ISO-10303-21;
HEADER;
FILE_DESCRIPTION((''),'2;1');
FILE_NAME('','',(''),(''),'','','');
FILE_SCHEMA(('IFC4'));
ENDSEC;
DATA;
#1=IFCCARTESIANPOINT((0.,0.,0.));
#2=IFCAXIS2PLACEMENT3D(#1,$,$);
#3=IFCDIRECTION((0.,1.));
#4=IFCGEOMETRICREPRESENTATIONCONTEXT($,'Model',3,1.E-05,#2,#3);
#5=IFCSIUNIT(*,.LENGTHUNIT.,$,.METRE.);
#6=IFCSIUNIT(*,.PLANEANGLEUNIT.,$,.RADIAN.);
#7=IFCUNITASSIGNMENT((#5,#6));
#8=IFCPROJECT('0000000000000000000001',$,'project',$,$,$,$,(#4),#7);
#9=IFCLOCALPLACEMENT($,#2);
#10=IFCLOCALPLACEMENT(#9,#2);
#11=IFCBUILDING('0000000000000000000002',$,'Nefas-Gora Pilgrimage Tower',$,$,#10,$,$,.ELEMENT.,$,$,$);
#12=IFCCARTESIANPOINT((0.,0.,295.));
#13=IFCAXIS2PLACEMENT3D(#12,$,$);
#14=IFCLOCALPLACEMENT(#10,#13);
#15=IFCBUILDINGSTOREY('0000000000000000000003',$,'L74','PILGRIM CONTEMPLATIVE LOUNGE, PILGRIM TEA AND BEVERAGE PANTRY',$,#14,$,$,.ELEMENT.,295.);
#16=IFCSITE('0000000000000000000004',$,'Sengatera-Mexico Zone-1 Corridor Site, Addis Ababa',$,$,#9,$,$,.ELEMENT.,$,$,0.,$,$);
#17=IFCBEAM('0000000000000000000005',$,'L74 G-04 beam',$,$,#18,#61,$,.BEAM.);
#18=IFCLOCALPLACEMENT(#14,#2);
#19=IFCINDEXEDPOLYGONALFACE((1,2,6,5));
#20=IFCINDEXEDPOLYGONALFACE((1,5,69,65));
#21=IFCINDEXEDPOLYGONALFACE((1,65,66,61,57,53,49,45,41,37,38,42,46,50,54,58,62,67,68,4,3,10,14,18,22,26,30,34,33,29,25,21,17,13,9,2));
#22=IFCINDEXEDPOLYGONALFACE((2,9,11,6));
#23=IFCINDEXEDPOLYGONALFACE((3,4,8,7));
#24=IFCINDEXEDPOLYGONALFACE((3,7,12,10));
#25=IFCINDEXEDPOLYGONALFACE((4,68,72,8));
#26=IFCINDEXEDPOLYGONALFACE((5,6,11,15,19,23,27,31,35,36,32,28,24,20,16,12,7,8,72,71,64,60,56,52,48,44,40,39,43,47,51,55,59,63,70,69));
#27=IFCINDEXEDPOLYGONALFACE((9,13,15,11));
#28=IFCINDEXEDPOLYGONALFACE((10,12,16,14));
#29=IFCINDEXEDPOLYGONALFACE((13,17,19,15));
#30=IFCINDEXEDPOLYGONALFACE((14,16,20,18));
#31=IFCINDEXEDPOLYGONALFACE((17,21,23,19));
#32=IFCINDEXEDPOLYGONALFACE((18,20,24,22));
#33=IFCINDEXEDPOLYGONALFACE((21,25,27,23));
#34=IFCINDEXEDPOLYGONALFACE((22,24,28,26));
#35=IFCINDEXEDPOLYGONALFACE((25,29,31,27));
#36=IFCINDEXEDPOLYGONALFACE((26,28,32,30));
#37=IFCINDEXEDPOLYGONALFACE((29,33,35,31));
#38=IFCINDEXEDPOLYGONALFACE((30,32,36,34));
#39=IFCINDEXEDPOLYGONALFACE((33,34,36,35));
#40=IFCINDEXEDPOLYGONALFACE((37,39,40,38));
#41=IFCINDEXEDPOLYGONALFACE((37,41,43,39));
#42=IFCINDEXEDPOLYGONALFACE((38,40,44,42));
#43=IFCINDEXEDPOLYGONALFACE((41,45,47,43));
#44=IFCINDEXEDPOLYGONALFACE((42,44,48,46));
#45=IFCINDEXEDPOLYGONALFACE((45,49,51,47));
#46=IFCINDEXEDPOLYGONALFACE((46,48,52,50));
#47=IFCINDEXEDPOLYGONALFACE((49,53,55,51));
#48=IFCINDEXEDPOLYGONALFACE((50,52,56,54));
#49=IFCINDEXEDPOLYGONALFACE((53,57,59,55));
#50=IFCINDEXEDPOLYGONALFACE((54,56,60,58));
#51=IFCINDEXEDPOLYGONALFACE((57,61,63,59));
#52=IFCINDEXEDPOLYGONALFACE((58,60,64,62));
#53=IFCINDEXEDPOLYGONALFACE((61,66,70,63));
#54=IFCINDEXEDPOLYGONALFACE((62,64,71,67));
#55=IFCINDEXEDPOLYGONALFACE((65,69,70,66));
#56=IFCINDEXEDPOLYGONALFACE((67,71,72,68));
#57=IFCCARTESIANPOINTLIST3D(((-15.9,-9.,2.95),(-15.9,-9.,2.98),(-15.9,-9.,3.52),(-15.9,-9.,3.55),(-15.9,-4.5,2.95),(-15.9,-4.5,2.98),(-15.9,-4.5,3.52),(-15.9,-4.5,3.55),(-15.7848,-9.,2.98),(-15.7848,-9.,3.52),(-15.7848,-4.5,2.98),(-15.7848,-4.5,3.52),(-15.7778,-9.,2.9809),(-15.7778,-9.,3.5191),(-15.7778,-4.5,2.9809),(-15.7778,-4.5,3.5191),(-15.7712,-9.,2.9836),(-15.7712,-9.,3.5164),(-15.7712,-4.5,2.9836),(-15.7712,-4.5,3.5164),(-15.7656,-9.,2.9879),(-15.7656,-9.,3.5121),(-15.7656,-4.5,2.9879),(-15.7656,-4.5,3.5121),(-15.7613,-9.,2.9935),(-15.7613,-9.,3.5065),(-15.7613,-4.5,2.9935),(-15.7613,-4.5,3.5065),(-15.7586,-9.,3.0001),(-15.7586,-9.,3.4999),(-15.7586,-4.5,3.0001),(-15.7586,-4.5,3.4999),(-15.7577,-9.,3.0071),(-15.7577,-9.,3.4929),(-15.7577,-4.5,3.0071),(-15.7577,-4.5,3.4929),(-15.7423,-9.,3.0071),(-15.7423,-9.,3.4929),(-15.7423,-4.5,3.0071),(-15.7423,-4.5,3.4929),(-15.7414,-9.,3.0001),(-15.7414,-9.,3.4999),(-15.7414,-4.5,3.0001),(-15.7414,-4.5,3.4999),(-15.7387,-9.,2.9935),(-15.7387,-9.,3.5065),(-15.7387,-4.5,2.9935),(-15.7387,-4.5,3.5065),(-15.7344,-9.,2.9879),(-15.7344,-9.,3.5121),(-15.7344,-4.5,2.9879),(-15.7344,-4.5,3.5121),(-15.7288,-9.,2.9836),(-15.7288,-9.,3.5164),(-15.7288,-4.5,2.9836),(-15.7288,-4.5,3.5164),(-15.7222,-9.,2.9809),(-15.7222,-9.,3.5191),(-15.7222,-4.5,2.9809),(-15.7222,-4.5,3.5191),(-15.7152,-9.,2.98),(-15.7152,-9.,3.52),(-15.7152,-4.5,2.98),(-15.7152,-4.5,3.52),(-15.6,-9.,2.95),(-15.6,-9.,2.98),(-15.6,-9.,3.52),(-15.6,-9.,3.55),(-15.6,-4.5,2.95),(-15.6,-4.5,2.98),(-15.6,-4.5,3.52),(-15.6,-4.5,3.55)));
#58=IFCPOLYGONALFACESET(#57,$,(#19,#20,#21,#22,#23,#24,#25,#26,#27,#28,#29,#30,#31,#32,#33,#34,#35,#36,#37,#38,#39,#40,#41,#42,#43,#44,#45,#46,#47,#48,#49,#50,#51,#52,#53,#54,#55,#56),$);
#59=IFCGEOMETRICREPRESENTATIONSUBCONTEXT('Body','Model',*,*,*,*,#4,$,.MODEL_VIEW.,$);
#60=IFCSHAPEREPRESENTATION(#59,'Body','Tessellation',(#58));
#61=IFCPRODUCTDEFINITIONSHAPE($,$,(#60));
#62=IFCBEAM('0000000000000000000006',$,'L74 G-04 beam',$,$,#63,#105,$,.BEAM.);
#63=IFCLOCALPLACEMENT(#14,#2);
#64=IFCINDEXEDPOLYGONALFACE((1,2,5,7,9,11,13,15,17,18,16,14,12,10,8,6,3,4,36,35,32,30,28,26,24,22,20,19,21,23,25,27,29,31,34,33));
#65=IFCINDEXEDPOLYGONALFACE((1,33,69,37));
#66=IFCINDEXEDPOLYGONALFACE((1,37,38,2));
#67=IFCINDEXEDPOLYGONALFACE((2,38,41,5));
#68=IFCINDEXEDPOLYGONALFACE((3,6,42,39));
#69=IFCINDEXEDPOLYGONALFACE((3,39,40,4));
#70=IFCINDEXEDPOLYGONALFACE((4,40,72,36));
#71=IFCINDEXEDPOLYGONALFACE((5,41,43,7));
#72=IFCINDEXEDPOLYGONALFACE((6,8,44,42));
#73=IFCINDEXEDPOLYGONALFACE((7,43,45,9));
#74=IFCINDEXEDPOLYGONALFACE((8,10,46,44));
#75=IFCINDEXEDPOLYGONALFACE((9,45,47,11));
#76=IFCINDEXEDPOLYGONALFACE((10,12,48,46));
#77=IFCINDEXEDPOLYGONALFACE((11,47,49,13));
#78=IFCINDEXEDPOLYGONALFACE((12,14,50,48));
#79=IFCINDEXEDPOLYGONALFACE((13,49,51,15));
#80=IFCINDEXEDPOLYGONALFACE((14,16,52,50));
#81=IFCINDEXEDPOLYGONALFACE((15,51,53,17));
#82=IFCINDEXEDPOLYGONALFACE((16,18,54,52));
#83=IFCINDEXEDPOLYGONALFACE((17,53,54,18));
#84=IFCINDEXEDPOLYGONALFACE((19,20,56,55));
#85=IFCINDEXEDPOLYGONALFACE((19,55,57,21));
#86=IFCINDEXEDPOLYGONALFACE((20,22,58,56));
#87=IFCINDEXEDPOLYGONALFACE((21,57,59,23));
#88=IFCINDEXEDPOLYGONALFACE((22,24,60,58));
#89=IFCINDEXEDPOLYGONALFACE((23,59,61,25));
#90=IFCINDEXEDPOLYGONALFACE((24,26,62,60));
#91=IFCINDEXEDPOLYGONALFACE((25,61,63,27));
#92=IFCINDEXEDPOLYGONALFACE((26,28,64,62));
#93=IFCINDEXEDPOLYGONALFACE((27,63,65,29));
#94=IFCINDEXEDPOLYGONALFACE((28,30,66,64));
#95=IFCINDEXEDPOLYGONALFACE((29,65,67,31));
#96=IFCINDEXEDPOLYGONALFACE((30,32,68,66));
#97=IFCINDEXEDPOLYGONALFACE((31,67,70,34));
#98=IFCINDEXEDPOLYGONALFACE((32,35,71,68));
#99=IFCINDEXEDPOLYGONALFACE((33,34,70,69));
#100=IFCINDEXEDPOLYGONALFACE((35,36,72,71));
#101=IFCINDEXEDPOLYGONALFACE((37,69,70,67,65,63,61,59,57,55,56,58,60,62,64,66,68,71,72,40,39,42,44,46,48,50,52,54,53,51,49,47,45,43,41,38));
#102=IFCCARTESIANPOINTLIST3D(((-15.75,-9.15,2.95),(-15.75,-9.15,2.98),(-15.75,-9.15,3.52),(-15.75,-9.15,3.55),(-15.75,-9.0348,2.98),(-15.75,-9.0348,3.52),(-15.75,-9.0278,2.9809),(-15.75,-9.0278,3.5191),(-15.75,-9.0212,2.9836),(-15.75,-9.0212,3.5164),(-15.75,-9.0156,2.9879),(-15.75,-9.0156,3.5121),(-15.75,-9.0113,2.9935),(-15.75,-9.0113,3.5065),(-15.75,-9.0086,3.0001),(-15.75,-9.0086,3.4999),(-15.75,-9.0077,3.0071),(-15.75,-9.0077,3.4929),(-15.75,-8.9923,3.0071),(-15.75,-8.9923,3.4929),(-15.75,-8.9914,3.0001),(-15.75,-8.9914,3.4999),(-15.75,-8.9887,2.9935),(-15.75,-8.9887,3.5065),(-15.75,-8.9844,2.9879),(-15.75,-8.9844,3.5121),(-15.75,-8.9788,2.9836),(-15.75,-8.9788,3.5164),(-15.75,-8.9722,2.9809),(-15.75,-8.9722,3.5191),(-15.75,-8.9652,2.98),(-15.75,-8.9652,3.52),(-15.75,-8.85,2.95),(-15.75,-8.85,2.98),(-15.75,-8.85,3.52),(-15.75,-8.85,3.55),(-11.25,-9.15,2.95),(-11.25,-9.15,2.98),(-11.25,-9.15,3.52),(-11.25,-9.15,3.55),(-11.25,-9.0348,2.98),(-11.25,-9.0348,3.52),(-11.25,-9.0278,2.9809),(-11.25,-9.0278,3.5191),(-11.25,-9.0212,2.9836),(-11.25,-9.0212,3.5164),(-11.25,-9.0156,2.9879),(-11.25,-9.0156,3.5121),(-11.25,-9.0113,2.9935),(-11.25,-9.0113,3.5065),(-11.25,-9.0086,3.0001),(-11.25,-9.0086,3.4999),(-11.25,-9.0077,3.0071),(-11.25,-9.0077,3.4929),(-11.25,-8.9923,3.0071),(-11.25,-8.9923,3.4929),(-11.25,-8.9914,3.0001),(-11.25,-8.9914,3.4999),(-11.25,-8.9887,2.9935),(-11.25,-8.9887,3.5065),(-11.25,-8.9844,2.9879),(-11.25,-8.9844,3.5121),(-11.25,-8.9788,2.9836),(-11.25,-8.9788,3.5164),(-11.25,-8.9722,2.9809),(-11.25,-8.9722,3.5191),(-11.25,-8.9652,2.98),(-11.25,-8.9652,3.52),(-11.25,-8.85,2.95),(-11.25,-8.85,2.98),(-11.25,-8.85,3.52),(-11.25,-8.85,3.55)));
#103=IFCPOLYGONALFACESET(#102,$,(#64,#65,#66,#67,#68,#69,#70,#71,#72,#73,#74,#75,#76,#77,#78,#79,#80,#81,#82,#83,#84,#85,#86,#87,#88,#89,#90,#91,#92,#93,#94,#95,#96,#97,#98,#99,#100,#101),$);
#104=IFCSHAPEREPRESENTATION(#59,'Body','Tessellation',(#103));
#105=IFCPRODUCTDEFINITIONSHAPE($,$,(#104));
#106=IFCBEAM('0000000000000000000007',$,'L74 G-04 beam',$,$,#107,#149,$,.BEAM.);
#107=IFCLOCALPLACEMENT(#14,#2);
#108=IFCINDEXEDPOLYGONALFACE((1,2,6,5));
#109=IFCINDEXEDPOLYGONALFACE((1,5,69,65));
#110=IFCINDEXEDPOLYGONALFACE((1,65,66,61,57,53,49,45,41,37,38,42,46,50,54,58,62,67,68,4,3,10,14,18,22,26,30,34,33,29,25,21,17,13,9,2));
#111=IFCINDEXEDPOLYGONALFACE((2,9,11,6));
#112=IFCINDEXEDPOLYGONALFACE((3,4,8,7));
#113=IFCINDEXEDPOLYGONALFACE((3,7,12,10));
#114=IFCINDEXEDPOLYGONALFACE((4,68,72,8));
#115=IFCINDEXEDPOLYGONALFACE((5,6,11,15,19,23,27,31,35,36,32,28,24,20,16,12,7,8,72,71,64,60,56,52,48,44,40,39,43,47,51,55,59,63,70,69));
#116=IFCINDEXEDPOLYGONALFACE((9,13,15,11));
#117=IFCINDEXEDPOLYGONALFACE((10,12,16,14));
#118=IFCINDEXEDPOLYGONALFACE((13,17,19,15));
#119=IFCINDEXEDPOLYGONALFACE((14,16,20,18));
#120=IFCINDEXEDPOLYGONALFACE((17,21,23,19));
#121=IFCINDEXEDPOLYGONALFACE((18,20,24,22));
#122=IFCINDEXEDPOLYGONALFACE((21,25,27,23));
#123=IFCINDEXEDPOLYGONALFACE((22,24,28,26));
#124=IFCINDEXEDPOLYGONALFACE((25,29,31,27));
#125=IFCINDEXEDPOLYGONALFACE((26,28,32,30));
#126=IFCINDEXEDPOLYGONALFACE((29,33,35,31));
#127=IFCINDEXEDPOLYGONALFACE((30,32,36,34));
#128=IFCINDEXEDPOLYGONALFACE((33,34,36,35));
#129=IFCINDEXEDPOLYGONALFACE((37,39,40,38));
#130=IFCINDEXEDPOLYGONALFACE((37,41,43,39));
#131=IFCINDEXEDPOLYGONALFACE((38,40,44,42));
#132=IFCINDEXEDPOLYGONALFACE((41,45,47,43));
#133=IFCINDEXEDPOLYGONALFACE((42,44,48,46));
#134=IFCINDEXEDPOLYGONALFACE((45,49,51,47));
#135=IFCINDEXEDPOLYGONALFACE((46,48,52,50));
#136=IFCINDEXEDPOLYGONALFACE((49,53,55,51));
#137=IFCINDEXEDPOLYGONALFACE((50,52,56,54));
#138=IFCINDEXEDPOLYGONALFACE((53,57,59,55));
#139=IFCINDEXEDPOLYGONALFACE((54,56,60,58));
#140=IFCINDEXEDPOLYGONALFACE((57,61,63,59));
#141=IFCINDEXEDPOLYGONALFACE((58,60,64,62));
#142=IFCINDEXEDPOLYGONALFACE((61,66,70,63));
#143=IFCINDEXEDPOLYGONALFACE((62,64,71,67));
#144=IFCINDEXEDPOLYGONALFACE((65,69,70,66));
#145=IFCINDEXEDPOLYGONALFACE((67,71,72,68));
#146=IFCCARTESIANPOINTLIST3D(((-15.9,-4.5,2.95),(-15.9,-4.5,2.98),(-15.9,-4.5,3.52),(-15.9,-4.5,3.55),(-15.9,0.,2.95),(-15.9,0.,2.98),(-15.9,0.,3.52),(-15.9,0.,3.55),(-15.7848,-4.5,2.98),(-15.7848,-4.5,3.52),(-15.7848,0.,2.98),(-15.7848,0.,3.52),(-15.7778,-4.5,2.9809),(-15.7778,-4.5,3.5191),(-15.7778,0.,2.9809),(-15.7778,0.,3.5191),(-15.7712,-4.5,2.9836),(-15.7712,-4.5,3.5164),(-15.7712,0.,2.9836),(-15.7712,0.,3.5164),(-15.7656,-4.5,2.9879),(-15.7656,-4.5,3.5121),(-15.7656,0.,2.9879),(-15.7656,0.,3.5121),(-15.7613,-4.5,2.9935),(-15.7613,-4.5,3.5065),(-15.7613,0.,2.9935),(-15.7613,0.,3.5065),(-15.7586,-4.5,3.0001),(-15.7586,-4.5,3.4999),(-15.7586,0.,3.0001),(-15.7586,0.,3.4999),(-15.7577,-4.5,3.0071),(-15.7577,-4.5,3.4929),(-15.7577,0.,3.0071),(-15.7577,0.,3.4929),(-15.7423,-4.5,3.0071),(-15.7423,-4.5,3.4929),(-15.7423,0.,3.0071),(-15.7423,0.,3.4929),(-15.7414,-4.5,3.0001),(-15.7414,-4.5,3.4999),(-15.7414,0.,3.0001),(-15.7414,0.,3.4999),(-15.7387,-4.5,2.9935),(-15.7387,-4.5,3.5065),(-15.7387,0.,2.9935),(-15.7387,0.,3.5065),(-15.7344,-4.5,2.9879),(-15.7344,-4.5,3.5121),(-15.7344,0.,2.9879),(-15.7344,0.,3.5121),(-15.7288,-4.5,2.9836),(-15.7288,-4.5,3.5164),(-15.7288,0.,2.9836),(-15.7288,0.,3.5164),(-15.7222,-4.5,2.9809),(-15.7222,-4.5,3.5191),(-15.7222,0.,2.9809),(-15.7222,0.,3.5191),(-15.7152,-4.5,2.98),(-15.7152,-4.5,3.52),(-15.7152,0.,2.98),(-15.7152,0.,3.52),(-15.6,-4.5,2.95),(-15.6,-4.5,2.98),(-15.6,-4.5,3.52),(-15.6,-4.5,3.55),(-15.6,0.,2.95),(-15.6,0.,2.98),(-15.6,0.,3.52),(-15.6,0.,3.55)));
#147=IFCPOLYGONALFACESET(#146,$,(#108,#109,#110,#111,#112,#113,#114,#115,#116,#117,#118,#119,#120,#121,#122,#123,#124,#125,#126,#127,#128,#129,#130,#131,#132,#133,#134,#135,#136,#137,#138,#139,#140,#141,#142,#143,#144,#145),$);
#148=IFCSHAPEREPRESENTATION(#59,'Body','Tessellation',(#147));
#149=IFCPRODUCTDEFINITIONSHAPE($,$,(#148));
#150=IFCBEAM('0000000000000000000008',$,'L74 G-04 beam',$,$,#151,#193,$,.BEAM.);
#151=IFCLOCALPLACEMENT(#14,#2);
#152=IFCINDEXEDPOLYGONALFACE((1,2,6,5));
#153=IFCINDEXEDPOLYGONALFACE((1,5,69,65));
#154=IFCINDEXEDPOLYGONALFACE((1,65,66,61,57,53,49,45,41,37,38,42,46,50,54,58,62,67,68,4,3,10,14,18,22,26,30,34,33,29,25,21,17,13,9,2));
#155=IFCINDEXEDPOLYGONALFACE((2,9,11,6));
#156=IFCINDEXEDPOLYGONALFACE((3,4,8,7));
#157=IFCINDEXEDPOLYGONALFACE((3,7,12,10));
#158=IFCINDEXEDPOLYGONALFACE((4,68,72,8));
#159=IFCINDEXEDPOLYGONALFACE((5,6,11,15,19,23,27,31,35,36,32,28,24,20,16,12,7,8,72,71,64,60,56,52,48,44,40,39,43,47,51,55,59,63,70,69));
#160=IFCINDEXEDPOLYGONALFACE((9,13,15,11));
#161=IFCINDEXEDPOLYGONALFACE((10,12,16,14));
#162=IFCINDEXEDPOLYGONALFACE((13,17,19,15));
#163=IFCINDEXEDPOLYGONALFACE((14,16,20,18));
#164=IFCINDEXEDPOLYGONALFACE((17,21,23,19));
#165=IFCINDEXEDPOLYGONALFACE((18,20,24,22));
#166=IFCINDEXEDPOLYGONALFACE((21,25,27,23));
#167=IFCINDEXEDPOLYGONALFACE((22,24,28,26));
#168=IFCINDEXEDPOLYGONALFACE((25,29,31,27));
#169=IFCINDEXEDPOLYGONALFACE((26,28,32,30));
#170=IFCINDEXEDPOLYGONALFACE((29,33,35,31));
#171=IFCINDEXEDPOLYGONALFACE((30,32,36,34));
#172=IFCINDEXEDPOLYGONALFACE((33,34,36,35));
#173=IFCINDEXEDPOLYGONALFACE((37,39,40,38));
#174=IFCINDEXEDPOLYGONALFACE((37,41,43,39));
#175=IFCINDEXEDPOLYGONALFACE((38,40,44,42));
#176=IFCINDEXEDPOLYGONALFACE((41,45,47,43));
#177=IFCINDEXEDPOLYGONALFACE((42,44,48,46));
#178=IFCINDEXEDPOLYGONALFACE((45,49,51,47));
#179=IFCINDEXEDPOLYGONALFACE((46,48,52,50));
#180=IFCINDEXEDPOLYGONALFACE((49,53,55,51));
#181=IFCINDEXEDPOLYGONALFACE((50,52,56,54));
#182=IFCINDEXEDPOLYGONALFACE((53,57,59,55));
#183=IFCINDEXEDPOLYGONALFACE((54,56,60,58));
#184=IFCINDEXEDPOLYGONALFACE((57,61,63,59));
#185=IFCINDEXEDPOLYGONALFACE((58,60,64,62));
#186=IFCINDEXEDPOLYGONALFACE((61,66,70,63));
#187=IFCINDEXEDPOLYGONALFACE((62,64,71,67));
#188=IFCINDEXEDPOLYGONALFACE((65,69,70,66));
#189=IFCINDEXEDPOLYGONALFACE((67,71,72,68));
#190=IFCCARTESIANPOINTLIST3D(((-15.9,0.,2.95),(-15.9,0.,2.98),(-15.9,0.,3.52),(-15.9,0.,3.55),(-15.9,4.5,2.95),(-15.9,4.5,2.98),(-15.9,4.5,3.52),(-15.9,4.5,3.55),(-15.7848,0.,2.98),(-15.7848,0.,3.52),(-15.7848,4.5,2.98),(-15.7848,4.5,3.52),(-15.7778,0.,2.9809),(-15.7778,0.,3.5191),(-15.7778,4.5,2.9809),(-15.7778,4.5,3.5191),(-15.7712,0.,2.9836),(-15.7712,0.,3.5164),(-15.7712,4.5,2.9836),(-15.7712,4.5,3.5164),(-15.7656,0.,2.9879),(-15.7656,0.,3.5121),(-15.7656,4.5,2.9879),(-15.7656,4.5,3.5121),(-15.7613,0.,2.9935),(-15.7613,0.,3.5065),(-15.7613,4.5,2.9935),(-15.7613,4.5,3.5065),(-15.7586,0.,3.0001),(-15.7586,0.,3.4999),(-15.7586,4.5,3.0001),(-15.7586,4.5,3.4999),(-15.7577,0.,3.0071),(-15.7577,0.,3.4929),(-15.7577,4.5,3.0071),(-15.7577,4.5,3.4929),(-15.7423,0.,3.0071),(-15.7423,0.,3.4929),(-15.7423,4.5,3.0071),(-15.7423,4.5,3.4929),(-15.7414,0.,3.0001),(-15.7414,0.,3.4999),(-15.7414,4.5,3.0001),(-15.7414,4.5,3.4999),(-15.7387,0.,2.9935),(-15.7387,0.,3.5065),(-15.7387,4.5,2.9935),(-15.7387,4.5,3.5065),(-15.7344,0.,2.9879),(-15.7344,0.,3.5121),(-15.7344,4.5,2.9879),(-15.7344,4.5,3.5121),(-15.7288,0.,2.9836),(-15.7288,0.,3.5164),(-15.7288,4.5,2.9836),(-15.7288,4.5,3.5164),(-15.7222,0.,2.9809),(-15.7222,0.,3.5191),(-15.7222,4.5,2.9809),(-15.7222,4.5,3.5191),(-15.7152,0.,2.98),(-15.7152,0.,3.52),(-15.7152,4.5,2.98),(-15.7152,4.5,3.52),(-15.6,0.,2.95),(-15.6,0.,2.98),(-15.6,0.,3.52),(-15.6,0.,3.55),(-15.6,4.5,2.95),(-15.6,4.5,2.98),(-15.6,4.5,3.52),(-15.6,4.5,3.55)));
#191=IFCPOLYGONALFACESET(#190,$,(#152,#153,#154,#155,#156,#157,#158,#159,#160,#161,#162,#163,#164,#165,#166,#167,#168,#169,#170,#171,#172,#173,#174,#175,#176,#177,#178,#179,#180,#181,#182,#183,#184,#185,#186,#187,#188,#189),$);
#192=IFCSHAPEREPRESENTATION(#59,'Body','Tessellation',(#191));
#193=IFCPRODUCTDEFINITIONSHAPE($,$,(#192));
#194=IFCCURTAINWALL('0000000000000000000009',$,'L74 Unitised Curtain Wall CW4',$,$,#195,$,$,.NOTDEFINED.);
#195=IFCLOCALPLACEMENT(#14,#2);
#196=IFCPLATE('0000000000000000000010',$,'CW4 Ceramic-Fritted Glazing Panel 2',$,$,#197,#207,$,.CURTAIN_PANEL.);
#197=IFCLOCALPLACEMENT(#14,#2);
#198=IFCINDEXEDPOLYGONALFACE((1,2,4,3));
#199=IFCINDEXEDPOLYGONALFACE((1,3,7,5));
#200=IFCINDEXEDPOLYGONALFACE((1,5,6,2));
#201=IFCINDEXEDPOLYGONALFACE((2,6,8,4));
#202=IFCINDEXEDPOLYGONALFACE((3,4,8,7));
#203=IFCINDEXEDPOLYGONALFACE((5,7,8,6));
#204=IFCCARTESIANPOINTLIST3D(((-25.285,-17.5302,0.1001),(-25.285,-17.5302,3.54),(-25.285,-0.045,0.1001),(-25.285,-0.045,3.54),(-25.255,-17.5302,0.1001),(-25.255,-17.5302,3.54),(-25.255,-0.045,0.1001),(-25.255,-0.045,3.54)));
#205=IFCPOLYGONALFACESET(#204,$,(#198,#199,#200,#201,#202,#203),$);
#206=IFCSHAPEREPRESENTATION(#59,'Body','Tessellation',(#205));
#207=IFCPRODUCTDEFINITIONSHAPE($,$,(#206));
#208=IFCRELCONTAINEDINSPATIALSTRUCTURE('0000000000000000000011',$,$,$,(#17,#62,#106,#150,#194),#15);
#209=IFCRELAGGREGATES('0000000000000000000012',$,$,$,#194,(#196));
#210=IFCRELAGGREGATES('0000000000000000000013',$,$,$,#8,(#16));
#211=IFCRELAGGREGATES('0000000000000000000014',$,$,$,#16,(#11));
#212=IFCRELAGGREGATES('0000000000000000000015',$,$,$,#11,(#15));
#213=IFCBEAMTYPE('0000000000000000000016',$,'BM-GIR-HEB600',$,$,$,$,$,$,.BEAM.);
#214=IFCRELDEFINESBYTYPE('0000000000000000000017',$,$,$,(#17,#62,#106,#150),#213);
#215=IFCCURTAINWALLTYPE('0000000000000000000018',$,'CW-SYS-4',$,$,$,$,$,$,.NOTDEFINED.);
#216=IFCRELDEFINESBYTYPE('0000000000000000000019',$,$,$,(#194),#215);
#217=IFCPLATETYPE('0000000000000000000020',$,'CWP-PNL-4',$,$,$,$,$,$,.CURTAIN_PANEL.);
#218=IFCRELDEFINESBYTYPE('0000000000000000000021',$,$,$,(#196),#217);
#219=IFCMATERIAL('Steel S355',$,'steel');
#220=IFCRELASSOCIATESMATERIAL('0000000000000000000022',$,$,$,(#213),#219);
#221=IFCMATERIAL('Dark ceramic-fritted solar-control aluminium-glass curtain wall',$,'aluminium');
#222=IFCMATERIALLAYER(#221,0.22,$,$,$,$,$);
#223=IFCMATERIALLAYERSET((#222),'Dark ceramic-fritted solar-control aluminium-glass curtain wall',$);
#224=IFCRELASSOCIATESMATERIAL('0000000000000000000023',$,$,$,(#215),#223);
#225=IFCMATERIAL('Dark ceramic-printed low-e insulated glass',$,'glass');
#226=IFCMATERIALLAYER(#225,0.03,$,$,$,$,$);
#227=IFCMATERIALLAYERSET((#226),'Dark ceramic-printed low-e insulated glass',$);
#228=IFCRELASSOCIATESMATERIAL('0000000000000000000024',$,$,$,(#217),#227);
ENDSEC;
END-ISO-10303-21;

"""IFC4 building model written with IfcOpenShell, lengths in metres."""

from ifc_helpers import new_model, si_unit, direction, frame, origin, origin_2d, place, context, subcontext, project, spatial, rectangle, i_section, extrude, source, transform, mapped, material, layer, layer_set, material_profile, profile_set, type_object, element, aggregate, save


model = new_model("IFC4")

# Units and contexts
model_context = context("Model", 3, precision=1e-05, world=origin(), true_north=direction((0.0, 1.0)))
body_context = subcontext(model_context, "Body", "Model", "MODEL_VIEW")
ifc_project = project(units=[si_unit("LENGTHUNIT", "METRE"), si_unit("PLANEANGLEUNIT", "RADIAN")], contexts=[model_context])

# Site, building, storey
site_placement = place(None, origin())
site = spatial("IfcSite", under=ifc_project, at=site_placement, Name="Sengatera-Mexico Zone-1 Corridor Site, Addis Ababa", CompositionType="ELEMENT", RefElevation=0.0)
building_placement = place(site_placement, origin())
building = spatial("IfcBuilding", under=site, at=building_placement, Name="Nefas-Gora Pilgrimage Tower", CompositionType="ELEMENT")
storey_placement = place(building_placement, frame((0.0, 0.0, 295.0)))
storey = spatial("IfcBuildingStorey", under=building, at=storey_placement, Name="L74", Description="PILGRIM CONTEMPLATIVE LOUNGE, PILGRIM TEA AND BEVERAGE PANTRY", CompositionType="ELEMENT", Elevation=295.0)

# Shared definitions
ifc_material_1 = material(Name="Steel S355", Category="steel")

# Beams
ifc_material_profile_1 = material_profile(ifc_material_1, i_section(OverallWidth=0.3, OverallDepth=0.6001, WebThickness=0.0154, FlangeThickness=0.03, FilletRadius=0.0271, at=origin_2d()), Name="HEB 600")
ifc_profile_set_1 = profile_set([ifc_material_profile_1], Name="Steel S355")
beam_type_1 = type_object("IfcBeamType", Name="BM-GIR-HEB600", PredefinedType="BEAM", material=ifc_profile_set_1)
shared_shape_1 = source(origin(), body_context, "Body", "SweptSolid", [
    extrude(i_section(OverallWidth=0.3, OverallDepth=0.6001, WebThickness=0.0154, FlangeThickness=0.03, FilletRadius=0.0271, at=origin_2d()), origin(), (0.0, 0.0, 1.0), 4.5),
])
for number, where, z_axis, x_axis, name in (
    (1, (-15.75, -9.0, 3.25), (0.0, 1.0, 0.0), (-1.0, 0.0, 0.0), "L74 G-04 beam"),
    (2, (-15.75, -9.0, 3.25), (1.0, 0.0, 0.0), (0.0, 1.0, 0.0), "L74 G-04 beam"),
    (3, (-15.75, -4.5, 3.25), (0.0, 1.0, 0.0), (-1.0, 0.0, 0.0), "L74 G-04 beam"),
    (4, (-15.75, 0.0, 3.25), (0.0, 1.0, 0.0), (-1.0, 0.0, 0.0), "L74 G-04 beam"),
):
    element("IfcBeam", number, at=place(storey_placement, frame(where, z_axis=z_axis, x_axis=x_axis)), inside=storey, type_object=beam_type_1, Name=name, PredefinedType="BEAM", context=body_context, shape_type="MappedRepresentation", body=[
        mapped(shared_shape_1, transform((0.0, 0.0, 0.0), x_axis=(1.0, 0.0, 0.0), y_axis=(0.0, 1.0, 0.0), z_axis=(0.0, 0.0, 1.0), scale=1.0)),
    ])

# Curtain wall, plate
ifc_material_2 = material(Name="Dark ceramic-fritted solar-control aluminium-glass curtain wall", Category="aluminium")
ifc_layer_1 = layer(ifc_material_2, 0.22)
ifc_layer_set_1 = layer_set([ifc_layer_1], Name="Dark ceramic-fritted solar-control aluminium-glass curtain wall")
curtain_wall_type = type_object("IfcCurtainWallType", Name="CW-SYS-4", PredefinedType="NOTDEFINED", material=ifc_layer_set_1)
curtain_wall_placement = place(storey_placement, origin())
curtain_wall = element("IfcCurtainWall", 5, at=curtain_wall_placement, inside=storey, type_object=curtain_wall_type, Name="L74 Unitised Curtain Wall CW4", PredefinedType="NOTDEFINED")
ifc_material_3 = material(Name="Dark ceramic-printed low-e insulated glass", Category="glass")
ifc_layer_2 = layer(ifc_material_3, 0.03)
ifc_layer_set_2 = layer_set([ifc_layer_2], Name="Dark ceramic-printed low-e insulated glass")
plate_type = type_object("IfcPlateType", Name="CWP-PNL-4", PredefinedType="CURTAIN_PANEL", material=ifc_layer_set_2)
shared_shape_2 = source(origin(), body_context, "Body", "SweptSolid", [
    extrude(rectangle(XDim=17.4851, YDim=0.03, at=origin_2d()), origin(), (0.0, 0.0, 1.0), 3.4399),
])
plate_placement = place(storey_placement, frame((-25.27, -8.7876, 0.1001), z_axis=(0.0, 0.0, 1.0), x_axis=(0.0, -1.0, 0.0)))
plate = element("IfcPlate", 6, at=plate_placement, type_object=plate_type, Name="CW4 Ceramic-Fritted Glazing Panel 2", PredefinedType="CURTAIN_PANEL", context=body_context, shape_type="MappedRepresentation", body=[
    mapped(shared_shape_2, transform((0.0, 0.0, 0.0), x_axis=(1.0, 0.0, 0.0), y_axis=(0.0, 1.0, 0.0), z_axis=(0.0, 0.0, 1.0), scale=1.0)),
])
aggregate(curtain_wall, [plate])

save(model, "model.ifc")
